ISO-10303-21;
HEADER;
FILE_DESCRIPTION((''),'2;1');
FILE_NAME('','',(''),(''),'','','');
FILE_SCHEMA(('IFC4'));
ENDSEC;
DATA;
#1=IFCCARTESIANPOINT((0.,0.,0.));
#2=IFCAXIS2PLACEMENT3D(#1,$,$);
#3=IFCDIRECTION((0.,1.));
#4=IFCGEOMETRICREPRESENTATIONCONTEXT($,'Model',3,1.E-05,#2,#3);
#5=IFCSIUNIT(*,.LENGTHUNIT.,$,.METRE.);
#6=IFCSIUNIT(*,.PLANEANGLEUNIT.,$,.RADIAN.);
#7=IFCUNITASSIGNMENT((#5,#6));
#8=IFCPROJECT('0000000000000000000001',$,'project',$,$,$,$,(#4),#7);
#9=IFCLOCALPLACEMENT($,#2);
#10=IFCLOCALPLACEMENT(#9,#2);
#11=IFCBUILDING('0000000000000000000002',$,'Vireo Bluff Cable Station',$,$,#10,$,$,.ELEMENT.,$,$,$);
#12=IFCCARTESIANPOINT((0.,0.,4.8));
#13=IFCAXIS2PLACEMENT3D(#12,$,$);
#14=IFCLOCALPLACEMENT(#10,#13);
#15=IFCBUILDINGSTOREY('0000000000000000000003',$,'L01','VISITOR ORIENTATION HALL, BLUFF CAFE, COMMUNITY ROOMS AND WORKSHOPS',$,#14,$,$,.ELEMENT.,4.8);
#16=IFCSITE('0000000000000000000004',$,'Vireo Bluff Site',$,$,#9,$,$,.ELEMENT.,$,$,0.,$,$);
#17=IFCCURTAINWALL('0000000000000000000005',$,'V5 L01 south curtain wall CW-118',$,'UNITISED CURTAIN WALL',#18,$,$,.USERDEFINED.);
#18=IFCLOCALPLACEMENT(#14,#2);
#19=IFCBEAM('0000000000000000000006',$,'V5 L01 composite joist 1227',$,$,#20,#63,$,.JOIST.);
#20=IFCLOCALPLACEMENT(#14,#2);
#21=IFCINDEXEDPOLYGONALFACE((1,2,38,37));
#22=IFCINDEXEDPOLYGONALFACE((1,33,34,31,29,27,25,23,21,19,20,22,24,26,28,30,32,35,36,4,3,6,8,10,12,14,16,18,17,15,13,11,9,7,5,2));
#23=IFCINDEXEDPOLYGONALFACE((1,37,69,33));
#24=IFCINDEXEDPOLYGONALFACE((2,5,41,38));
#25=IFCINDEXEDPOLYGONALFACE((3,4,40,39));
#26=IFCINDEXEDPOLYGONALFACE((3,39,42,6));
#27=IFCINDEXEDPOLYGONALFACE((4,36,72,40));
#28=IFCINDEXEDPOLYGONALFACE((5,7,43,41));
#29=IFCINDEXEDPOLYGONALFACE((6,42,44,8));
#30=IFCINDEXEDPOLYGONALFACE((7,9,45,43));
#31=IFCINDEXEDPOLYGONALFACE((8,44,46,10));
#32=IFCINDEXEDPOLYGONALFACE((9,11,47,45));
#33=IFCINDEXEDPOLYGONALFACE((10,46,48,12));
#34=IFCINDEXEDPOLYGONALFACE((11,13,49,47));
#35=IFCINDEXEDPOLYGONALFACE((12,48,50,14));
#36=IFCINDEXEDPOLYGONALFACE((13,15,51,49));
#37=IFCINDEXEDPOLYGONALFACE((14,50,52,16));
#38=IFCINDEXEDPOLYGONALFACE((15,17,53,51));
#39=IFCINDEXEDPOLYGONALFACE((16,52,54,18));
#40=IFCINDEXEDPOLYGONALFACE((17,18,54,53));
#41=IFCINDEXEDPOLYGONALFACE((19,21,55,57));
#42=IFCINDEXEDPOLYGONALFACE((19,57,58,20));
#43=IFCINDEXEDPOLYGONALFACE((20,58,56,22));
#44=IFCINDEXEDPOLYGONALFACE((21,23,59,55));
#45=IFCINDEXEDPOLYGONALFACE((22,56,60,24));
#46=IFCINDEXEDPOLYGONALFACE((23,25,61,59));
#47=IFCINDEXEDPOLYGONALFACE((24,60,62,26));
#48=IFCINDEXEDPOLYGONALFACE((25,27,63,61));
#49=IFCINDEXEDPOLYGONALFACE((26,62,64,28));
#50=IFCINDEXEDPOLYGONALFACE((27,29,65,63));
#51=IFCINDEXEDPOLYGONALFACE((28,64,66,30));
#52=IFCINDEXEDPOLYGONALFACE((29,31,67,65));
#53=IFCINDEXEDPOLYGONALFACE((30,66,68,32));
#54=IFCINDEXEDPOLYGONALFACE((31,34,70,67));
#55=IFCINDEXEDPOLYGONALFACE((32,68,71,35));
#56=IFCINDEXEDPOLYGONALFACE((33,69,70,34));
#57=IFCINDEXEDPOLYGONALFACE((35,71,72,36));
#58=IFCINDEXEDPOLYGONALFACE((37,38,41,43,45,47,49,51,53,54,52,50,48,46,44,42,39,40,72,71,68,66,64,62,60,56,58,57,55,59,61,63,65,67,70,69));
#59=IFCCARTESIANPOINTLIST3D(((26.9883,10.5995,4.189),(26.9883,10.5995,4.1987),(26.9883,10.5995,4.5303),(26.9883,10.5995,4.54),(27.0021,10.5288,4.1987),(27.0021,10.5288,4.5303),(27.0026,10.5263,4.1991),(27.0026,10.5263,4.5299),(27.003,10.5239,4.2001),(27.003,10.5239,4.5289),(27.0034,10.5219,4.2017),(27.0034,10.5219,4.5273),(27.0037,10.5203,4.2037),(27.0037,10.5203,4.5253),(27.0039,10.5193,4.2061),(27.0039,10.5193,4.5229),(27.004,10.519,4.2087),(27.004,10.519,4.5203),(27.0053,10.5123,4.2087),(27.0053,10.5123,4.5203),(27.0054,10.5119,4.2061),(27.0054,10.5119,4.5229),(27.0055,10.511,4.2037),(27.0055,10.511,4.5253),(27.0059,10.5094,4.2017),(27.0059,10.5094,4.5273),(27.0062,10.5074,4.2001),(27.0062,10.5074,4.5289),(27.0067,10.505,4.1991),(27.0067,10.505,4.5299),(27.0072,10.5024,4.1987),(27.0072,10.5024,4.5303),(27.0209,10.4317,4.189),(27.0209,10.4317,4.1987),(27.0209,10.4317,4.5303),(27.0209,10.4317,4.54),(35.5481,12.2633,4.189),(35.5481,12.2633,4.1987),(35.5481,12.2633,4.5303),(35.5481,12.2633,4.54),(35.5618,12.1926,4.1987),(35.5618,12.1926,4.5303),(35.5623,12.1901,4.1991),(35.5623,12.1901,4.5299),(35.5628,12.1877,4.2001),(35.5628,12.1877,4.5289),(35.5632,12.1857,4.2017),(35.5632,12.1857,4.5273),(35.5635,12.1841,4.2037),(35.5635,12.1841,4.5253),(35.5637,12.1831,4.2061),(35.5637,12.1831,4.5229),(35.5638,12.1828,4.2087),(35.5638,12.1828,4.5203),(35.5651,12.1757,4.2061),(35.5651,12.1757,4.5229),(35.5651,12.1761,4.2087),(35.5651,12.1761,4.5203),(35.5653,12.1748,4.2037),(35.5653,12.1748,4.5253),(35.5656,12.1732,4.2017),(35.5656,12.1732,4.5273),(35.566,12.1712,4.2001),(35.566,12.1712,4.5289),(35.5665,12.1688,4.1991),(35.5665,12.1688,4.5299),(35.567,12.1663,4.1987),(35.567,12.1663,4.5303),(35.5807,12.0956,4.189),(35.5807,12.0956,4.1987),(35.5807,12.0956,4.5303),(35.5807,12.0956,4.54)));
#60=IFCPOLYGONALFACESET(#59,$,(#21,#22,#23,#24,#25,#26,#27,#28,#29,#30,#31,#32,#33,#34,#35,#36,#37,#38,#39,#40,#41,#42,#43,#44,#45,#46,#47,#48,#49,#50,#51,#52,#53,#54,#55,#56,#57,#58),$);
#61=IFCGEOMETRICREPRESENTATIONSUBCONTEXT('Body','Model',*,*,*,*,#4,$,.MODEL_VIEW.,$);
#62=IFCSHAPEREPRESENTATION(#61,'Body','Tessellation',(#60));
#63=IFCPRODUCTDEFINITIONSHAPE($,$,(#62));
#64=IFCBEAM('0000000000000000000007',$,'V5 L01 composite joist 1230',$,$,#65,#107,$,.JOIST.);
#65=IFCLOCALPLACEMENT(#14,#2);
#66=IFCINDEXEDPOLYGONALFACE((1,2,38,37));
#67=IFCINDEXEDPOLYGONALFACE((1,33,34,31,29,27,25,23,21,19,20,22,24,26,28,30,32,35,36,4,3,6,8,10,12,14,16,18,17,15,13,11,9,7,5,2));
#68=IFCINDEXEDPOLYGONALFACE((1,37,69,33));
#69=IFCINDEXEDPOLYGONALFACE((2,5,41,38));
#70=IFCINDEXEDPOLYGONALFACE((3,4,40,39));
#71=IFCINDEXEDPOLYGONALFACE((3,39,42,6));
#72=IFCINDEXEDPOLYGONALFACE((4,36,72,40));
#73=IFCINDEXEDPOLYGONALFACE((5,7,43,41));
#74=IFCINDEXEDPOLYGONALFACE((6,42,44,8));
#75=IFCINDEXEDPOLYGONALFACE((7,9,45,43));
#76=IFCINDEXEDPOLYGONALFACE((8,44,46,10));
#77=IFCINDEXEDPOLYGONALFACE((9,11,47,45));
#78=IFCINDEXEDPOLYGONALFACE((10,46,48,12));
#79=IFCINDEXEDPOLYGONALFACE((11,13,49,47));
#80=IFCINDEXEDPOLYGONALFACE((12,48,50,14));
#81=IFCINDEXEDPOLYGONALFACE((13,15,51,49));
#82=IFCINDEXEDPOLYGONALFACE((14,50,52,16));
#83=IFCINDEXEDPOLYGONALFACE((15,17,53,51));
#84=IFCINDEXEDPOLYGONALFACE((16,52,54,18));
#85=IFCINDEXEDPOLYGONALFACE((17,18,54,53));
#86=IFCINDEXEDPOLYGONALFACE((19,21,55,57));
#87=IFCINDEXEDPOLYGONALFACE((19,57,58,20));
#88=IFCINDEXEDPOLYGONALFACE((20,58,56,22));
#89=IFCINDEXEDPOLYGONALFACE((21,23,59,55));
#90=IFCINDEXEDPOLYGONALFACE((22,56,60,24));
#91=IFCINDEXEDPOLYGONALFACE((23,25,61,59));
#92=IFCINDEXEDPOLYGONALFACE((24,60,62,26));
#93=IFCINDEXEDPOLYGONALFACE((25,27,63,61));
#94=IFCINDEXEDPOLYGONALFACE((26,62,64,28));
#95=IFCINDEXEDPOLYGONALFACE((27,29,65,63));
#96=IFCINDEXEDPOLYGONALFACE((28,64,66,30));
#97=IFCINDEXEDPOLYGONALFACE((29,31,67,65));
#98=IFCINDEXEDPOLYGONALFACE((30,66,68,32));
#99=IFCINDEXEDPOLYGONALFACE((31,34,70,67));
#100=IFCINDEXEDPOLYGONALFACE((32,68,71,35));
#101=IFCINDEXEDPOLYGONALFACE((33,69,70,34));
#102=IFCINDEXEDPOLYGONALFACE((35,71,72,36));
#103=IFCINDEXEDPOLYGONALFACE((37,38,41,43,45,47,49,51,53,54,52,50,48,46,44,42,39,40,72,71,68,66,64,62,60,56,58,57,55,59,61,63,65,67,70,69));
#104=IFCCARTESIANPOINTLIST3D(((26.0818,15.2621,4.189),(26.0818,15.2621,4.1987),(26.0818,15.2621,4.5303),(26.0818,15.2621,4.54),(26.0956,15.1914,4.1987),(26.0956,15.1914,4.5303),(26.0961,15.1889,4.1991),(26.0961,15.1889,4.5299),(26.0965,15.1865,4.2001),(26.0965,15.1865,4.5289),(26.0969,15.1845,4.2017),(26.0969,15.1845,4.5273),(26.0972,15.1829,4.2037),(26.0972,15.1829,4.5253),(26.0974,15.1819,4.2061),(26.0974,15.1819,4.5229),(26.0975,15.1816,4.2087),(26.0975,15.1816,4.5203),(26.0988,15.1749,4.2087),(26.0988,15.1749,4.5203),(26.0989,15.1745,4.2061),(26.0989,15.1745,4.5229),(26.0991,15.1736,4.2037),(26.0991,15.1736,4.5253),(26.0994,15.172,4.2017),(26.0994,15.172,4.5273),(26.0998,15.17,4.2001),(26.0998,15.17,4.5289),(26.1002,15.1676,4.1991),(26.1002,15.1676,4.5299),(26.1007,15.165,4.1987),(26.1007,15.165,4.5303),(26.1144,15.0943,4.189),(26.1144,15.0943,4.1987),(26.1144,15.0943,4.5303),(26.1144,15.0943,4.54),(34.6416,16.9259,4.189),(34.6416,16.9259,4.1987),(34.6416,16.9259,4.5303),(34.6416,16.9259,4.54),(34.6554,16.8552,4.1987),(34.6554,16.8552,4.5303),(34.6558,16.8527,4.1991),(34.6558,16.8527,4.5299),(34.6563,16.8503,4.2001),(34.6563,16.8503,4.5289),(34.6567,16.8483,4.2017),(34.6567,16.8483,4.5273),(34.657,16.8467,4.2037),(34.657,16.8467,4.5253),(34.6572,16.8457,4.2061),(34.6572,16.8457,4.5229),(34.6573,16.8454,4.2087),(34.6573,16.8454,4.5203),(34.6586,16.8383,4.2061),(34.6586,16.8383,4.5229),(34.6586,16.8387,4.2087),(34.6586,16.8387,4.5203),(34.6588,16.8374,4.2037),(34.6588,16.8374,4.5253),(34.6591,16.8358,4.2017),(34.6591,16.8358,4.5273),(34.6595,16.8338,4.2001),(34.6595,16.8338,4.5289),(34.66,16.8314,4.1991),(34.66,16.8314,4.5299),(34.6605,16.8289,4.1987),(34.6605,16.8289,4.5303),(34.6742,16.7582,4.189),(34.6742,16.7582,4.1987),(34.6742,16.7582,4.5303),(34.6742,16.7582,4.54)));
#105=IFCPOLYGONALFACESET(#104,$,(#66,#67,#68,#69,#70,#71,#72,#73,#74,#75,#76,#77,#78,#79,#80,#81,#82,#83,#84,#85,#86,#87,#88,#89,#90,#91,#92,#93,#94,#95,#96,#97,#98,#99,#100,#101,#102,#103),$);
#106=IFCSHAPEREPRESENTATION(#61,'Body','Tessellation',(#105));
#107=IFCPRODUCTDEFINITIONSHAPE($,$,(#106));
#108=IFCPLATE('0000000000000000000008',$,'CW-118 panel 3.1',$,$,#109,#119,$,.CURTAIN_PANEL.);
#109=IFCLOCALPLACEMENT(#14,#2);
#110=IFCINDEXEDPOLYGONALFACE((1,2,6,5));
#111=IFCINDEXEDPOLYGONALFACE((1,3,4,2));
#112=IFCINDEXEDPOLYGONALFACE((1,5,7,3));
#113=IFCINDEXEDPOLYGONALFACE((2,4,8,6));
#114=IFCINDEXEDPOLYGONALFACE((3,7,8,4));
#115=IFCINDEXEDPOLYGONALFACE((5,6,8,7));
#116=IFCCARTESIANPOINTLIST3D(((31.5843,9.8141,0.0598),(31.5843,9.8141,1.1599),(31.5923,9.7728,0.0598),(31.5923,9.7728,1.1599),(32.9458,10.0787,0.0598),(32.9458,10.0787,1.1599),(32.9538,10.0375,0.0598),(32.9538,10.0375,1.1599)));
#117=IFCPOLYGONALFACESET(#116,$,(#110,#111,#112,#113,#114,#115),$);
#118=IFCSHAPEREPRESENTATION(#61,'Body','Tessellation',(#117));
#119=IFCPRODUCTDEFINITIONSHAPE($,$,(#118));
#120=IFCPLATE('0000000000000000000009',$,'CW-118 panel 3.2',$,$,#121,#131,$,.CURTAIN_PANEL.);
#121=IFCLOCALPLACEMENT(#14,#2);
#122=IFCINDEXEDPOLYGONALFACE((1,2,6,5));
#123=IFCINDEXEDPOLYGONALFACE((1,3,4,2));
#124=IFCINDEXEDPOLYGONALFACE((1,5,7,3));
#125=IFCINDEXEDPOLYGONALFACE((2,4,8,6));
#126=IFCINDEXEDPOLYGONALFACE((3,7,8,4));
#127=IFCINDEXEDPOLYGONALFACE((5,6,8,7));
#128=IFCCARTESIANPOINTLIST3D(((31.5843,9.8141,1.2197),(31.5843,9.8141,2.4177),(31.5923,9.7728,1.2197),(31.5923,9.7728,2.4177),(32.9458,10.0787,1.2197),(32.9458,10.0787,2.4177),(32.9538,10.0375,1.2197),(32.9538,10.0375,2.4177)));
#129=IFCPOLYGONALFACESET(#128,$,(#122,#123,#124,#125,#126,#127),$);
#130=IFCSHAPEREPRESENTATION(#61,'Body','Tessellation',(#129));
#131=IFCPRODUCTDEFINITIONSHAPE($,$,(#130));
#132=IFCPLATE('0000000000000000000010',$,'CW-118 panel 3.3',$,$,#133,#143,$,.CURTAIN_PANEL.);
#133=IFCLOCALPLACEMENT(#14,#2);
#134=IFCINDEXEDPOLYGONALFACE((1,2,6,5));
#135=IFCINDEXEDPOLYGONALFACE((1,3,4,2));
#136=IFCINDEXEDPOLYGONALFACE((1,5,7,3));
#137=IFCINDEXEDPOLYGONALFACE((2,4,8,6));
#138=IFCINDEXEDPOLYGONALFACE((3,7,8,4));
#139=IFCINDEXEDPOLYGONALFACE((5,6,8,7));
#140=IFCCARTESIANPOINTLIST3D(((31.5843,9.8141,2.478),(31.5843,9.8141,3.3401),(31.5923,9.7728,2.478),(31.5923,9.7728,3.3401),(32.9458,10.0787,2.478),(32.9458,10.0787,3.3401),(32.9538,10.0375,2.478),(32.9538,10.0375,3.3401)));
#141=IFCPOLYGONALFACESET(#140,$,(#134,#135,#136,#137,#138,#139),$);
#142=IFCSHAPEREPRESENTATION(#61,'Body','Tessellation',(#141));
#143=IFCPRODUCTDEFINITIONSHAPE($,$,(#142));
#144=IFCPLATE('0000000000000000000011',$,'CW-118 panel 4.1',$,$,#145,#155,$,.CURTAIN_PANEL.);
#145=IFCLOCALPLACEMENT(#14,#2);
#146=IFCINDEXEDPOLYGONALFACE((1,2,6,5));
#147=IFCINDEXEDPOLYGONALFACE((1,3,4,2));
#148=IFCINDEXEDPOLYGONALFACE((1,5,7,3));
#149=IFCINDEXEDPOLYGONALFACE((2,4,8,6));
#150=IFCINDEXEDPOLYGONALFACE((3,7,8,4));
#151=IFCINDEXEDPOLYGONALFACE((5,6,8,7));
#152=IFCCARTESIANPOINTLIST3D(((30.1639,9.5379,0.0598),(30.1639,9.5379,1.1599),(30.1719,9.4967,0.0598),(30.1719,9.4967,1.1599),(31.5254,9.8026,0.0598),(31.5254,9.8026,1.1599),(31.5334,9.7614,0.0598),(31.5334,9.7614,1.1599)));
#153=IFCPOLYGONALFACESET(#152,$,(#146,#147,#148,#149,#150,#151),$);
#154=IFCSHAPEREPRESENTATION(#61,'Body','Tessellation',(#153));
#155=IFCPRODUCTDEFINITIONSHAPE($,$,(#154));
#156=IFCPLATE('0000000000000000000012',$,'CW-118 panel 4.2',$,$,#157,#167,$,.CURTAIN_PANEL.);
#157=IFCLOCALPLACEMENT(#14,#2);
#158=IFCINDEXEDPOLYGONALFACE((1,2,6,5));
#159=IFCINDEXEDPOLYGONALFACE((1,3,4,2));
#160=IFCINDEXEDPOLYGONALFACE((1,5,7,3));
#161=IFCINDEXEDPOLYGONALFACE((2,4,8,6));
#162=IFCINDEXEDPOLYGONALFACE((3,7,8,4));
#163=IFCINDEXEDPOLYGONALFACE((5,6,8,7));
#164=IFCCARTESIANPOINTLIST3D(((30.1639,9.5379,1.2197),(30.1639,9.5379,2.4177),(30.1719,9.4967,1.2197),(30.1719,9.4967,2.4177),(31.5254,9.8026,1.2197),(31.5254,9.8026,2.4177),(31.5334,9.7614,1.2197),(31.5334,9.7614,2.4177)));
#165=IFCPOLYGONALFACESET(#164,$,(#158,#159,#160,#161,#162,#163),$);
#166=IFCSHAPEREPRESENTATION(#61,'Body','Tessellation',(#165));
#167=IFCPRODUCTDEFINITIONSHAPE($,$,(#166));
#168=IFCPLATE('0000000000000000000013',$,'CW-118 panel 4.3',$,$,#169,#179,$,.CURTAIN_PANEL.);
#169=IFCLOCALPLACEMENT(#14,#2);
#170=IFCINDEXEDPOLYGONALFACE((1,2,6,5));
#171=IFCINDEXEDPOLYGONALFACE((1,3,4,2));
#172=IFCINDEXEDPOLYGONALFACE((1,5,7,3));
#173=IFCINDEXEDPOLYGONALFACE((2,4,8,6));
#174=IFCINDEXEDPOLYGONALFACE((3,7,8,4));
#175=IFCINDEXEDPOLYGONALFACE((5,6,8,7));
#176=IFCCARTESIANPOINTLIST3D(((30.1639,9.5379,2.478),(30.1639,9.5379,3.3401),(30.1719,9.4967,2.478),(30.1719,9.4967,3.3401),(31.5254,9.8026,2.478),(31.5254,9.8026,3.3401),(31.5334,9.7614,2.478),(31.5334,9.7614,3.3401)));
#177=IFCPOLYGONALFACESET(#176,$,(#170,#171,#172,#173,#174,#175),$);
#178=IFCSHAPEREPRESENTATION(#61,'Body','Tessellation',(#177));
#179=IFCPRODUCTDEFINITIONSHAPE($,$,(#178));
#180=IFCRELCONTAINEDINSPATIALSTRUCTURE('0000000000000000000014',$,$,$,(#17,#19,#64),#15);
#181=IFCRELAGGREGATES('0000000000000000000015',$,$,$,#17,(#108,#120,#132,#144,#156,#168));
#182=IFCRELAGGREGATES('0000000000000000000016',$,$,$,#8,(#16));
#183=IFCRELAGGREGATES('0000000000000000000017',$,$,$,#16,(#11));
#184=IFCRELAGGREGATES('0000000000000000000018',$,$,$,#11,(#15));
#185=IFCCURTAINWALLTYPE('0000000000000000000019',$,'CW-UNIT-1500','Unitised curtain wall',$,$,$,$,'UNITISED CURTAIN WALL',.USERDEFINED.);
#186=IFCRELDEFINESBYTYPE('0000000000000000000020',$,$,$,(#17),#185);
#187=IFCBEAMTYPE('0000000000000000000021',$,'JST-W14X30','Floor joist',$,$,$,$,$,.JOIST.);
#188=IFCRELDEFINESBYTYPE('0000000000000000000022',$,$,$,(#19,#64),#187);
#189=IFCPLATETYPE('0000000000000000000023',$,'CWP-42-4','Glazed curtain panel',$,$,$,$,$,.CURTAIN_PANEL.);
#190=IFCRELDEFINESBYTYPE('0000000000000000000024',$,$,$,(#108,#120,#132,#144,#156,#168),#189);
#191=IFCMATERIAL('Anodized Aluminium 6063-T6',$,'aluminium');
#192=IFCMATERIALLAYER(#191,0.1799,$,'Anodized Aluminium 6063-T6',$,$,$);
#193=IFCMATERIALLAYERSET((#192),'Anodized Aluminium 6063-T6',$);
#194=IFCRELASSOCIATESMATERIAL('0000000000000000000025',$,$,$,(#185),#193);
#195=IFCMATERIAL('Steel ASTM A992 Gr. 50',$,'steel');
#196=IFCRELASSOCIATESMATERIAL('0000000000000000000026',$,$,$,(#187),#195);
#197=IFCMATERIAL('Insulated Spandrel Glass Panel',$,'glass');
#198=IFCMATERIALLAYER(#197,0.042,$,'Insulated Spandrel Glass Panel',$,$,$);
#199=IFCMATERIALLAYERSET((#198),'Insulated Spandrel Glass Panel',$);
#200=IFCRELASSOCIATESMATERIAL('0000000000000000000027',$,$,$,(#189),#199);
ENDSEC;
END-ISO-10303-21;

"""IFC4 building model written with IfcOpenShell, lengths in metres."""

from ifc_helpers import new_model, si_unit, direction, frame, origin, origin_2d, place, context, subcontext, project, spatial, rectangle, i_section, extrude, material, layer, layer_set, material_profile, profile_set, type_object, element, aggregate, save


model = new_model("IFC4")

# Units and contexts
model_context = context("Model", 3, precision=1e-05, world=origin(), true_north=direction((0.0, 1.0)))
body_context = subcontext(model_context, "Body", "Model", "MODEL_VIEW")
ifc_project = project(units=[si_unit("LENGTHUNIT", "METRE"), si_unit("PLANEANGLEUNIT", "RADIAN")], contexts=[model_context])

# Site, building, storey
site_placement = place(None, origin())
site = spatial("IfcSite", under=ifc_project, at=site_placement, Name="Vireo Bluff Site", CompositionType="ELEMENT", RefElevation=0.0)
building_placement = place(site_placement, origin())
building = spatial("IfcBuilding", under=site, at=building_placement, Name="Vireo Bluff Cable Station", CompositionType="ELEMENT")
storey_placement = place(building_placement, frame((0.0, 0.0, 4.8)))
storey = spatial("IfcBuildingStorey", under=building, at=storey_placement, Name="L01", Description="VISITOR ORIENTATION HALL, BLUFF CAFE, COMMUNITY ROOMS AND WORKSHOPS", CompositionType="ELEMENT", Elevation=4.8)

# Shared definitions
ifc_material_1 = material(Name="Steel ASTM A992 Gr. 50", Category="steel")

# Curtain wall
ifc_material_2 = material(Name="Anodized Aluminium 6063-T6", Category="aluminium")
ifc_layer_1 = layer(ifc_material_2, 0.1799, Name="Anodized Aluminium 6063-T6")
ifc_layer_set_1 = layer_set([ifc_layer_1], Name="Anodized Aluminium 6063-T6")
curtain_wall_type = type_object("IfcCurtainWallType", Name="CW-UNIT-1500", Description="Unitised curtain wall", ElementType="UNITISED CURTAIN WALL", PredefinedType="USERDEFINED", material=ifc_layer_set_1)
curtain_wall_placement = place(storey_placement, origin())
curtain_wall = element("IfcCurtainWall", 1, at=curtain_wall_placement, inside=storey, type_object=curtain_wall_type, Name="V5 L01 south curtain wall CW-118", ObjectType="UNITISED CURTAIN WALL", PredefinedType="USERDEFINED")

# Beams
ifc_material_profile_1 = material_profile(ifc_material_1, i_section(OverallWidth=0.1709, OverallDepth=0.3511, WebThickness=0.0068, FlangeThickness=0.0098, FilletRadius=0.01, at=origin_2d()), Name="W14X30")
ifc_profile_set_1 = profile_set([ifc_material_profile_1], Name="Steel ASTM A992 Gr. 50")
beam_type_1 = type_object("IfcBeamType", Name="JST-W14X30", Description="Floor joist", PredefinedType="JOIST", material=ifc_profile_set_1)
for number, where, z_axis, x_axis, name in (
    (2, (27.0046, 10.5156, 4.3645), (0.981628, 0.190804, 0.0), (-0.190804, 0.981628, 0.0), "V5 L01 composite joist 1227"),
    (3, (26.0981, 15.1782, 4.3645), (0.981628, 0.190804, 0.0), (-0.190804, 0.981628, 0.0), "V5 L01 composite joist 1230"),
):
    element("IfcBeam", number, at=place(storey_placement, frame(where, z_axis=z_axis, x_axis=x_axis)), inside=storey, type_object=beam_type_1, Name=name, PredefinedType="JOIST", context=body_context, shape_type="SweptSolid", body=[
        extrude(i_section(OverallWidth=0.1709, OverallDepth=0.3511, WebThickness=0.0068, FlangeThickness=0.0098, FilletRadius=0.01, at=origin_2d()), origin(), (0.0, 0.0, 1.0), 8.72),
    ])

# Plates
ifc_material_3 = material(Name="Insulated Spandrel Glass Panel", Category="glass")
ifc_layer_2 = layer(ifc_material_3, 0.042, Name="Insulated Spandrel Glass Panel")
ifc_layer_set_2 = layer_set([ifc_layer_2], Name="Insulated Spandrel Glass Panel")
plate_type = type_object("IfcPlateType", Name="CWP-42-4", Description="Glazed curtain panel", PredefinedType="CURTAIN_PANEL", material=ifc_layer_set_2)
plate_1_placement = place(storey_placement, frame((32.269, 9.9258, 0.0598), z_axis=(0.0, 0.0, 1.0), x_axis=(-0.981627, -0.190809, 0.0)))
plate_1 = element("IfcPlate", 4, at=plate_1_placement, type_object=plate_type, Name="CW-118 panel 3.1", PredefinedType="CURTAIN_PANEL", context=body_context, shape_type="SweptSolid", body=[
    extrude(rectangle(XDim=1.387, YDim=0.042, at=origin_2d()), origin(), (0.0, 0.0, 1.0), 1.1001),
])
plate_2_placement = place(storey_placement, frame((32.269, 9.9258, 1.2197), z_axis=(0.0, 0.0, 1.0), x_axis=(-0.981627, -0.190809, 0.0)))
plate_2 = element("IfcPlate", 5, at=plate_2_placement, type_object=plate_type, Name="CW-118 panel 3.2", PredefinedType="CURTAIN_PANEL", context=body_context, shape_type="SweptSolid", body=[
    extrude(rectangle(XDim=1.387, YDim=0.042, at=origin_2d()), origin(), (0.0, 0.0, 1.0), 1.198),
])
plate_3_placement = place(storey_placement, frame((32.269, 9.9258, 2.478), z_axis=(0.0, 0.0, 1.0), x_axis=(-0.981627, -0.190809, 0.0)))
plate_3 = element("IfcPlate", 6, at=plate_3_placement, type_object=plate_type, Name="CW-118 panel 3.3", PredefinedType="CURTAIN_PANEL", context=body_context, shape_type="SweptSolid", body=[
    extrude(rectangle(XDim=1.387, YDim=0.042, at=origin_2d()), origin(), (0.0, 0.0, 1.0), 0.8621),
])
plate_4_placement = place(storey_placement, frame((30.8486, 9.6497, 0.0598), z_axis=(0.0, 0.0, 1.0), x_axis=(-0.981627, -0.190809, 0.0)))
plate_4 = element("IfcPlate", 7, at=plate_4_placement, type_object=plate_type, Name="CW-118 panel 4.1", PredefinedType="CURTAIN_PANEL", context=body_context, shape_type="SweptSolid", body=[
    extrude(rectangle(XDim=1.387, YDim=0.042, at=origin_2d()), origin(), (0.0, 0.0, 1.0), 1.1001),
])
plate_5_placement = place(storey_placement, frame((30.8486, 9.6497, 1.2197), z_axis=(0.0, 0.0, 1.0), x_axis=(-0.981627, -0.190809, 0.0)))
plate_5 = element("IfcPlate", 8, at=plate_5_placement, type_object=plate_type, Name="CW-118 panel 4.2", PredefinedType="CURTAIN_PANEL", context=body_context, shape_type="SweptSolid", body=[
    extrude(rectangle(XDim=1.387, YDim=0.042, at=origin_2d()), origin(), (0.0, 0.0, 1.0), 1.198),
])
plate_6_placement = place(storey_placement, frame((30.8486, 9.6497, 2.478), z_axis=(0.0, 0.0, 1.0), x_axis=(-0.981627, -0.190809, 0.0)))
plate_6 = element("IfcPlate", 9, at=plate_6_placement, type_object=plate_type, Name="CW-118 panel 4.3", PredefinedType="CURTAIN_PANEL", context=body_context, shape_type="SweptSolid", body=[
    extrude(rectangle(XDim=1.387, YDim=0.042, at=origin_2d()), origin(), (0.0, 0.0, 1.0), 0.8621),
])
aggregate(curtain_wall, [plate_1, plate_2, plate_3, plate_4, plate_5, plate_6])

save(model, "model.ifc")
